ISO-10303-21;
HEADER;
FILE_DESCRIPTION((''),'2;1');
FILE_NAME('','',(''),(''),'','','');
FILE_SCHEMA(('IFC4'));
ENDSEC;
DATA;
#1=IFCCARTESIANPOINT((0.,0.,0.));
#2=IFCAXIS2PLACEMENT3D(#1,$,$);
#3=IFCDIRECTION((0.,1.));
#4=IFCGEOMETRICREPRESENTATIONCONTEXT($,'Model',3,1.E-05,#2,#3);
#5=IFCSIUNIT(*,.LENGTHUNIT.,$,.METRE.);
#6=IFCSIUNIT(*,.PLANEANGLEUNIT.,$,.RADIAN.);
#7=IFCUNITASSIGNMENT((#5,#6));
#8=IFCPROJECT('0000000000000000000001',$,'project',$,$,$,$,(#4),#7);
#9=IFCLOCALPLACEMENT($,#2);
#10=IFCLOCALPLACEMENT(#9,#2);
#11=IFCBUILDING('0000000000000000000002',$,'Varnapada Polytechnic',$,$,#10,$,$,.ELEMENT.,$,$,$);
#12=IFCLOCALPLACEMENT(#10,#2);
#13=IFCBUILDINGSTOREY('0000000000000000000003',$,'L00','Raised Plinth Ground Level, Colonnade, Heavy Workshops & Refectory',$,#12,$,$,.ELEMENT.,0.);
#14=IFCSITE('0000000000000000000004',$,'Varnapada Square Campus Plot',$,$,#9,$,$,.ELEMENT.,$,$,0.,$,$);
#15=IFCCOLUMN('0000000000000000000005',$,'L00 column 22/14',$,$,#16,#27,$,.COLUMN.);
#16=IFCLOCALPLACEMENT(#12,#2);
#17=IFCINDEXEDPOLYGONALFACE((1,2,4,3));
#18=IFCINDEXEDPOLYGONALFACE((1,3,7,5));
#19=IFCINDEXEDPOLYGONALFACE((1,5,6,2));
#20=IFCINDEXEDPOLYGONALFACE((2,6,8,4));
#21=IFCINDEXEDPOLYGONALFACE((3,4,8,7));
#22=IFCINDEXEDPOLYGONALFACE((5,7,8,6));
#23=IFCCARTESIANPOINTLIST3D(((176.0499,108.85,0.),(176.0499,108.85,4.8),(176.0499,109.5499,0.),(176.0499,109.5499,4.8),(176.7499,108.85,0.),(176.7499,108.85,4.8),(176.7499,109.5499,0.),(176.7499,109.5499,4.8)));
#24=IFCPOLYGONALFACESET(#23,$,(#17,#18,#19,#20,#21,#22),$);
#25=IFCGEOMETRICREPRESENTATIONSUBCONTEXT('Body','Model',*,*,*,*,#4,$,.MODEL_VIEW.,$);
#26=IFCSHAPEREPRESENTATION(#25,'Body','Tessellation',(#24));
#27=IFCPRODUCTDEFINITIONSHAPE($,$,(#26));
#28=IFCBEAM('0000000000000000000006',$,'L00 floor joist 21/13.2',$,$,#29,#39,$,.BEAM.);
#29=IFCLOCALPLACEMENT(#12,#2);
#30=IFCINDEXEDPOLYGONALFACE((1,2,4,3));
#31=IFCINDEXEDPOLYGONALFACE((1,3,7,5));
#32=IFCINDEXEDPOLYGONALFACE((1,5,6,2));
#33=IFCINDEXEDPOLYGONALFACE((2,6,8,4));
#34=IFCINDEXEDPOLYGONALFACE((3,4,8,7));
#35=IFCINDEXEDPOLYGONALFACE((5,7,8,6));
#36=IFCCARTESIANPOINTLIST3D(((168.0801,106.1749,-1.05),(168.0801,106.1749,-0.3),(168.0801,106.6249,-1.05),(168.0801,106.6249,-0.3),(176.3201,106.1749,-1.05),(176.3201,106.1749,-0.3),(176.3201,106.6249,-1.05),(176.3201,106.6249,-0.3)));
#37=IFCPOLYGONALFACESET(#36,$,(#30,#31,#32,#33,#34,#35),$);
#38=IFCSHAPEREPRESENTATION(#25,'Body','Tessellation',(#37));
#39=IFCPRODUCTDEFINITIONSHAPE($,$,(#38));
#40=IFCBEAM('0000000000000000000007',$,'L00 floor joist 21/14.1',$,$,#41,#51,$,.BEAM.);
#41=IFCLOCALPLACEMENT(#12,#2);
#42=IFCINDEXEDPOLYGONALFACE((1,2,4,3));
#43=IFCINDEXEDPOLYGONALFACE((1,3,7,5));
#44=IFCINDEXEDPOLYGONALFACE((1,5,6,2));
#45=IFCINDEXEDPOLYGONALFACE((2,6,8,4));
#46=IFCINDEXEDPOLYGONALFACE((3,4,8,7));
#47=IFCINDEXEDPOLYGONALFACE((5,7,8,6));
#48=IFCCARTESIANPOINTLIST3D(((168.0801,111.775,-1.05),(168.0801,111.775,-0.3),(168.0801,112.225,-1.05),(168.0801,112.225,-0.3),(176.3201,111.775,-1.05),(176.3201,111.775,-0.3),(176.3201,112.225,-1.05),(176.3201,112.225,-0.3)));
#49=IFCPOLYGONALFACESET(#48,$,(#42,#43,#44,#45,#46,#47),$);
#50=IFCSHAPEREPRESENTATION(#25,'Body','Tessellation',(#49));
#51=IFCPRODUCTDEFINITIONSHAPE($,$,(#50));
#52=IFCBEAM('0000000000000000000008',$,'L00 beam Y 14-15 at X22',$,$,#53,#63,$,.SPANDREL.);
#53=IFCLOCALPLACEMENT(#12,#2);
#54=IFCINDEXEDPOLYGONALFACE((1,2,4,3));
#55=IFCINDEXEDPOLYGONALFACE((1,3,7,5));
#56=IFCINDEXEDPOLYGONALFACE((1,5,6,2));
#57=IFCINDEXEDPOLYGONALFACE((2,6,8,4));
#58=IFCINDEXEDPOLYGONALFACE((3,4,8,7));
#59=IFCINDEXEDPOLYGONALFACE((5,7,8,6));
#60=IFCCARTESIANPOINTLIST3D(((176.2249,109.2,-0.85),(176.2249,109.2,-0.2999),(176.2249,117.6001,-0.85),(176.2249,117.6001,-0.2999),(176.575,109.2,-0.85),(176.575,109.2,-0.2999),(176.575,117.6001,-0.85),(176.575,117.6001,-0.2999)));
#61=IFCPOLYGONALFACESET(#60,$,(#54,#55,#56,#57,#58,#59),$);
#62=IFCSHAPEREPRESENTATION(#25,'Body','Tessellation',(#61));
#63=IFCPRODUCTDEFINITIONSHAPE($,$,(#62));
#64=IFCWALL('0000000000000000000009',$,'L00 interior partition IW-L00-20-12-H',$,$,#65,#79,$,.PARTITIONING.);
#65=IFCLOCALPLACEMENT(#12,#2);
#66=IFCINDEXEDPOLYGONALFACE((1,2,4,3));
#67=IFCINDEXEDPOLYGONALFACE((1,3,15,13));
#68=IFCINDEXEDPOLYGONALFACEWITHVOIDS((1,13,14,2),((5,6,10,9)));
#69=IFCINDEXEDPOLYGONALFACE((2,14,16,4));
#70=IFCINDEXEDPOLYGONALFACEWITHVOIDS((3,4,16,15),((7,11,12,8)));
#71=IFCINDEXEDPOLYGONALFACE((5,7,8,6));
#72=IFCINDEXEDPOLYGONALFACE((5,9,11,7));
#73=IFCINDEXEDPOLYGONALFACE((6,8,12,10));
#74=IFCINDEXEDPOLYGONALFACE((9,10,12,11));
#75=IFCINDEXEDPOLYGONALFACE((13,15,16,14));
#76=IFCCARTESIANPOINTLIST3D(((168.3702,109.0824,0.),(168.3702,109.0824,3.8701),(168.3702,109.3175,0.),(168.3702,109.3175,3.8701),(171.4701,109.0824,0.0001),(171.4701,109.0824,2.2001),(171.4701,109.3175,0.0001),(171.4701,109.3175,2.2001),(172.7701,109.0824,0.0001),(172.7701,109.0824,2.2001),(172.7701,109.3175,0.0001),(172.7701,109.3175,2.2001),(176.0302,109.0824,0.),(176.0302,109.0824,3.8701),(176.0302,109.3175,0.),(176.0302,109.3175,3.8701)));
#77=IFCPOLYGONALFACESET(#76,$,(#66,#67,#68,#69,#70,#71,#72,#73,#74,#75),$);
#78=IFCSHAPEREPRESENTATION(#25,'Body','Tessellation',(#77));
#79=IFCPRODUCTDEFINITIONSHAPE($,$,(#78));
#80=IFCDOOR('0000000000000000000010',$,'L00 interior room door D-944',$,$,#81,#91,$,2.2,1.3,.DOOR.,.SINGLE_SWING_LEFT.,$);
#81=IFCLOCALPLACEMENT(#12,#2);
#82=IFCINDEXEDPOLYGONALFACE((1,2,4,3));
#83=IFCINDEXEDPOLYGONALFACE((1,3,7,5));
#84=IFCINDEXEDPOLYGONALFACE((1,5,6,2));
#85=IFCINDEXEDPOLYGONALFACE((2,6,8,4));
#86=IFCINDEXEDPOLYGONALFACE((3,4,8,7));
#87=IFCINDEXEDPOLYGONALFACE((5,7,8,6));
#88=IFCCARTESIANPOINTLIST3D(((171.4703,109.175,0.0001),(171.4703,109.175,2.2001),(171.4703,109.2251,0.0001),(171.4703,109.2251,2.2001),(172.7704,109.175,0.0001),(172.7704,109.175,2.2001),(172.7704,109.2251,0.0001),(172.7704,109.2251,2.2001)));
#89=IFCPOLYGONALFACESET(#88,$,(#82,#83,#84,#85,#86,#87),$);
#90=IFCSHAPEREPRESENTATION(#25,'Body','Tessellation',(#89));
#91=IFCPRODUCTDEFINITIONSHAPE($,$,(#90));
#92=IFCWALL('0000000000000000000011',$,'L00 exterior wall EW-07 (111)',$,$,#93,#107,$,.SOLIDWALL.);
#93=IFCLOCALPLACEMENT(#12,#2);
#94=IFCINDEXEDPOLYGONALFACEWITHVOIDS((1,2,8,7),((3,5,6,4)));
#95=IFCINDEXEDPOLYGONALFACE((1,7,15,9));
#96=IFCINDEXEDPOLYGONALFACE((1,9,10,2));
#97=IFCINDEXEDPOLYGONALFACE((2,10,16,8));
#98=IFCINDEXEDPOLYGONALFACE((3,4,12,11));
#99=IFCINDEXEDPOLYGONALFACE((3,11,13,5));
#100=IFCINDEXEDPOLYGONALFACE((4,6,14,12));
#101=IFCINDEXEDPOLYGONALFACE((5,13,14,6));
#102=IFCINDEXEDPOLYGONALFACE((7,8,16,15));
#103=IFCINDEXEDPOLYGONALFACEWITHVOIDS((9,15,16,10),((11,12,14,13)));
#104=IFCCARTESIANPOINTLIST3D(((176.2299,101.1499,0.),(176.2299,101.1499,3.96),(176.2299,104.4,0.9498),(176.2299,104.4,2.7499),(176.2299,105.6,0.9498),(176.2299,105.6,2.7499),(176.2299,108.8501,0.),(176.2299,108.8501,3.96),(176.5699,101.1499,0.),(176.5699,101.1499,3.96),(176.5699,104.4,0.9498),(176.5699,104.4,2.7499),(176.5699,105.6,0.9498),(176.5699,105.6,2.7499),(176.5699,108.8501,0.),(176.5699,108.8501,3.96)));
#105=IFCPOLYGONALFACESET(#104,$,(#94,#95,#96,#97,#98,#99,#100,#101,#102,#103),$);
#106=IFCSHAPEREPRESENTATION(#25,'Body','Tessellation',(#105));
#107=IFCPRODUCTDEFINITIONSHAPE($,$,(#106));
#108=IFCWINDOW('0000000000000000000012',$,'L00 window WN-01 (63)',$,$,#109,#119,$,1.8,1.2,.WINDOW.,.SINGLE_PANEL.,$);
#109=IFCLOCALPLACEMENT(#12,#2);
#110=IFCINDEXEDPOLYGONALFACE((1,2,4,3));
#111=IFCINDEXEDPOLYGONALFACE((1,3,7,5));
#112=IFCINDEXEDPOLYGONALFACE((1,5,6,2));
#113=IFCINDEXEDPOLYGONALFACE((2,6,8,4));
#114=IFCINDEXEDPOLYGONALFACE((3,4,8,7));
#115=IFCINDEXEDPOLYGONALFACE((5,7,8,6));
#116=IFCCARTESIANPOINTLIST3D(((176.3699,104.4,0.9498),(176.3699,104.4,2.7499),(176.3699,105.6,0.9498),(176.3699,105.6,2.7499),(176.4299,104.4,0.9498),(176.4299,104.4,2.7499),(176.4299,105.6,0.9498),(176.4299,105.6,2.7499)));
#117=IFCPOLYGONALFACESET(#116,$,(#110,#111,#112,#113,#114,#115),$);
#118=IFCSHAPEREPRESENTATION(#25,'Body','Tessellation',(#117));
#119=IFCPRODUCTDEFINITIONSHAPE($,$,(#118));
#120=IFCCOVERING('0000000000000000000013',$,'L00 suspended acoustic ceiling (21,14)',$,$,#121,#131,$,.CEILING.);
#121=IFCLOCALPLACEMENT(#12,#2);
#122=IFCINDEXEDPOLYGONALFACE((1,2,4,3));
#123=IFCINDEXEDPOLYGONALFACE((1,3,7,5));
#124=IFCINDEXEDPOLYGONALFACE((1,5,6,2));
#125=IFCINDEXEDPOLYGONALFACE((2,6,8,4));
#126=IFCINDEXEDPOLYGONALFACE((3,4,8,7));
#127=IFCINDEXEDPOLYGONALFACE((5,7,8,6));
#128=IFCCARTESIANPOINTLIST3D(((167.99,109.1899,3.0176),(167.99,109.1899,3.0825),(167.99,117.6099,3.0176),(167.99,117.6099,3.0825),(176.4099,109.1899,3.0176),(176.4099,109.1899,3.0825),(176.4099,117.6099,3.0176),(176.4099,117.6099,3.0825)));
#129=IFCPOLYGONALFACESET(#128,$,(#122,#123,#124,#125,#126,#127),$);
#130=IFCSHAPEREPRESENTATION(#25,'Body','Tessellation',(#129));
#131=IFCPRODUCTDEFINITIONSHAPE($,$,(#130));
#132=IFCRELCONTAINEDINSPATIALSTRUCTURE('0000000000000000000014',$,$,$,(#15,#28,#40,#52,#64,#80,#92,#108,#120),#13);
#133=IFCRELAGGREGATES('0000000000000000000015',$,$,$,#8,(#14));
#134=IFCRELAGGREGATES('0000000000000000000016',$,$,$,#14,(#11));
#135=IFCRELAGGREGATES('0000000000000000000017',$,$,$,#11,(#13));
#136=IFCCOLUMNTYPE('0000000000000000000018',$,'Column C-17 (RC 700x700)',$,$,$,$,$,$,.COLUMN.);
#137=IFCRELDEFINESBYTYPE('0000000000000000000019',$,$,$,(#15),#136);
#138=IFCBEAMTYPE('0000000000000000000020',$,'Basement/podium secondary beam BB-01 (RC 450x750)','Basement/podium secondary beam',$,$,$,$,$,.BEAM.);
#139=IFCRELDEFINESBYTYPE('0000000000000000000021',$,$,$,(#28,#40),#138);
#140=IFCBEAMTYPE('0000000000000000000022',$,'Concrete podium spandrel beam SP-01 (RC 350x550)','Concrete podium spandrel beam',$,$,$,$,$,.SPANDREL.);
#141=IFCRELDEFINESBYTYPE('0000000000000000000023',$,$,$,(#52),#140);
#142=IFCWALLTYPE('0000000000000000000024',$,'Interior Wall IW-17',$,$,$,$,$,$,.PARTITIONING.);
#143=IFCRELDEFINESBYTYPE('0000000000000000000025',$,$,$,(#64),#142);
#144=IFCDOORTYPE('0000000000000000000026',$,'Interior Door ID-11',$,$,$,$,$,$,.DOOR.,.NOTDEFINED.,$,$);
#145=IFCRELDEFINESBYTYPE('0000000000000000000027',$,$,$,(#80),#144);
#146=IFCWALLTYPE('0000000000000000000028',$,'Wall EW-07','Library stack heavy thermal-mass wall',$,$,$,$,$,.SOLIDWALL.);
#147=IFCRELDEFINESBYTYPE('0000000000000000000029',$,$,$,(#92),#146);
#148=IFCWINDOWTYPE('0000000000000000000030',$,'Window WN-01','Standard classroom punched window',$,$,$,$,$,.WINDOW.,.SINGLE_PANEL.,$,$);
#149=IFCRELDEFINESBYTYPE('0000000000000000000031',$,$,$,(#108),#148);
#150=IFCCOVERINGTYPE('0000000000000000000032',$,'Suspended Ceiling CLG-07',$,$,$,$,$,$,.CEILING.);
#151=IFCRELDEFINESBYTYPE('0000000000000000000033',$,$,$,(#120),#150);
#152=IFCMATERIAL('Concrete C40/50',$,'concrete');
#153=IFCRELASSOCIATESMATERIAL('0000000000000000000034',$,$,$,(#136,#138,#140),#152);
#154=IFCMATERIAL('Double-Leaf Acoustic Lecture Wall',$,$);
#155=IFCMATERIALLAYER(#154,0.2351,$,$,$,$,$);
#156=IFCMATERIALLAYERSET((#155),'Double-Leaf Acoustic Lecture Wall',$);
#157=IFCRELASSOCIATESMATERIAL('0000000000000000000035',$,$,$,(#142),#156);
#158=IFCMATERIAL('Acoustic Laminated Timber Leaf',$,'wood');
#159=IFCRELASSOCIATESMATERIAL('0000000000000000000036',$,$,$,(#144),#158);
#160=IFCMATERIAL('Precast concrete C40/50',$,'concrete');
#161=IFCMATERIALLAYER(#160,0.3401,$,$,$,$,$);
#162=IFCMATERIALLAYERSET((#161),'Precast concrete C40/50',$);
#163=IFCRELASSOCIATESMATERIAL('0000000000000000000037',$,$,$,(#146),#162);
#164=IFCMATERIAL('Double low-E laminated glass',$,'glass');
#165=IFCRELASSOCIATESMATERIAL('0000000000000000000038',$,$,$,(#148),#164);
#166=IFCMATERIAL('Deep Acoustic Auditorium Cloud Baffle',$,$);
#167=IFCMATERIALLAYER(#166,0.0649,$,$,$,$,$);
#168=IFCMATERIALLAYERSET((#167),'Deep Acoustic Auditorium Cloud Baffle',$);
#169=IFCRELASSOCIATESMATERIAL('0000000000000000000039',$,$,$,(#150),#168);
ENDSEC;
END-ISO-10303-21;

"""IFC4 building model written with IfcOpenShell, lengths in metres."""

from ifc_helpers import new_model, si_unit, direction, frame, frame_2d, origin, origin_2d, place, context, subcontext, project, spatial, rectangle, extrude, material, layer, layer_set, material_profile, profile_set, type_object, element, fill, save


model = new_model("IFC4")

# Units and contexts
model_context = context("Model", 3, precision=1e-05, world=origin(), true_north=direction((0.0, 1.0)))
body_context = subcontext(model_context, "Body", "Model", "MODEL_VIEW")
ifc_project = project(units=[si_unit("LENGTHUNIT", "METRE"), si_unit("PLANEANGLEUNIT", "RADIAN")], contexts=[model_context])

# Site, building, storey
site_placement = place(None, origin())
site = spatial("IfcSite", under=ifc_project, at=site_placement, Name="Varnapada Square Campus Plot", CompositionType="ELEMENT", RefElevation=0.0)
building_placement = place(site_placement, origin())
building = spatial("IfcBuilding", under=site, at=building_placement, Name="Varnapada Polytechnic", CompositionType="ELEMENT")
storey_placement = place(building_placement, origin())
storey = spatial("IfcBuildingStorey", under=building, at=storey_placement, Name="L00", Description="Raised Plinth Ground Level, Colonnade, Heavy Workshops & Refectory", CompositionType="ELEMENT", Elevation=0.0)

# Column
ifc_material_1 = material(Name="Concrete C40/50", Category="concrete")
ifc_material_profile_1 = material_profile(ifc_material_1, rectangle(XDim=0.7, YDim=0.7, at=origin_2d()), Name="RC 700x700")
ifc_profile_set_1 = profile_set([ifc_material_profile_1], Name="Concrete C40/50")
column_type = type_object("IfcColumnType", Name="Column C-17 (RC 700x700)", PredefinedType="COLUMN", material=ifc_profile_set_1)
column_placement = place(storey_placement, frame((176.3999, 109.2, 0.0), z_axis=(0.0, 0.0, 1.0), x_axis=(1.0, 0.0, 0.0)))
element("IfcColumn", 1, at=column_placement, inside=storey, type_object=column_type, Name="L00 column 22/14", PredefinedType="COLUMN", context=body_context, shape_type="SweptSolid", body=[
    extrude(rectangle(XDim=0.7, YDim=0.7, at=origin_2d()), origin(), (0.0, 0.0, 1.0), 4.8),
])

# Beams
ifc_material_profile_2 = material_profile(ifc_material_1, rectangle(XDim=0.45, YDim=0.75, at=origin_2d()), Name="RC 450x750")
ifc_profile_set_2 = profile_set([ifc_material_profile_2], Name="Concrete C40/50")
beam_type_1 = type_object("IfcBeamType", Name="Basement/podium secondary beam BB-01 (RC 450x750)", Description="Basement/podium secondary beam", PredefinedType="BEAM", material=ifc_profile_set_2)
for number, where, z_axis, x_axis, name in (
    (2, (168.0801, 106.3999, -0.675), (1.0, 0.0, 0.0), (0.0, 1.0, 0.0), "L00 floor joist 21/13.2"),
    (3, (168.0801, 112.0, -0.675), (1.0, 0.0, 0.0), (0.0, 1.0, 0.0), "L00 floor joist 21/14.1"),
):
    element("IfcBeam", number, at=place(storey_placement, frame(where, z_axis=z_axis, x_axis=x_axis)), inside=storey, type_object=beam_type_1, Name=name, PredefinedType="BEAM", context=body_context, shape_type="SweptSolid", body=[
        extrude(rectangle(XDim=0.45, YDim=0.75, at=origin_2d()), origin(), (0.0, 0.0, 1.0), 8.24),
    ])
ifc_material_profile_3 = material_profile(ifc_material_1, rectangle(XDim=0.3501, YDim=0.55, at=origin_2d()), Name="RC 350x550")
ifc_profile_set_3 = profile_set([ifc_material_profile_3], Name="Concrete C40/50")
beam_type_2 = type_object("IfcBeamType", Name="Concrete podium spandrel beam SP-01 (RC 350x550)", Description="Concrete podium spandrel beam", PredefinedType="SPANDREL", material=ifc_profile_set_3)
beam_placement = place(storey_placement, frame((176.3999, 109.2, -0.575), z_axis=(0.0, 1.0, 0.0), x_axis=(-1.0, 0.0, 0.0)))
element("IfcBeam", 4, at=beam_placement, inside=storey, type_object=beam_type_2, Name="L00 beam Y 14-15 at X22", PredefinedType="SPANDREL", context=body_context, shape_type="SweptSolid", body=[
    extrude(rectangle(XDim=0.3501, YDim=0.55, at=origin_2d()), origin(), (0.0, 0.0, 1.0), 8.4001),
])

# Wall, opening, door
ifc_material_2 = material(Name="Double-Leaf Acoustic Lecture Wall")
ifc_layer_1 = layer(ifc_material_2, 0.2351)
ifc_layer_set_1 = layer_set([ifc_layer_1], Name="Double-Leaf Acoustic Lecture Wall")
wall_type_1 = type_object("IfcWallType", Name="Interior Wall IW-17", PredefinedType="PARTITIONING", material=ifc_layer_set_1)
wall_1_placement = place(storey_placement, frame((168.3701, 109.2, 0.0), z_axis=(0.0, 0.0, 1.0), x_axis=(1.0, 0.0, 0.0)))
wall_1 = element("IfcWall", 5, at=wall_1_placement, inside=storey, type_object=wall_type_1, Name="L00 interior partition IW-L00-20-12-H", PredefinedType="PARTITIONING", context=body_context, shape_type="SweptSolid", body=[
    extrude(rectangle(XDim=7.6599, YDim=0.2351, at=frame_2d((3.8301, 0.0))), origin(), (0.0, 0.0, 1.0), 3.8701),
])
opening_1_placement = place(wall_1_placement, frame((3.1001, 0.0, 0.0)))
opening_1 = element("IfcOpeningElement", 6, at=opening_1_placement, cuts=wall_1, PredefinedType="OPENING", context=body_context, shape_type="SweptSolid", body=[
    extrude(rectangle(XDim=1.3, YDim=2.2, at=frame_2d((0.6499, 1.1001))), frame((0.0, 0.1274, 0.0), z_axis=(0.0, -1.0, 0.0), x_axis=(1.0, 0.0, 0.0)), (0.0, 0.0, 1.0), 0.2551),
])
ifc_material_3 = material(Name="Acoustic Laminated Timber Leaf", Category="wood")
door_type = type_object("IfcDoorType", Name="Interior Door ID-11", OperationType="NOTDEFINED", PredefinedType="DOOR", material=ifc_material_3)
door_placement = place(opening_1_placement, frame((1.3, 0.0, 0.0), z_axis=(0.0, 0.0, 1.0), x_axis=(-1.0, 0.0, 0.0)))
door = element("IfcDoor", 7, at=door_placement, inside=storey, type_object=door_type, Name="L00 interior room door D-944", OperationType="SINGLE_SWING_LEFT", OverallHeight=2.2, OverallWidth=1.3, PredefinedType="DOOR", context=body_context, shape_type="SweptSolid", body=[
    extrude(rectangle(XDim=1.3, YDim=2.2, at=frame_2d((0.6499, 1.1001))), frame((0.0, 0.0249, 0.0), z_axis=(0.0, -1.0, 0.0), x_axis=(1.0, 0.0, 0.0)), (0.0, 0.0, 1.0), 0.05),
])
fill(opening_1, door)

# Wall, opening, window
ifc_material_4 = material(Name="Precast concrete C40/50", Category="concrete")
ifc_layer_2 = layer(ifc_material_4, 0.3401)
ifc_layer_set_2 = layer_set([ifc_layer_2], Name="Precast concrete C40/50")
wall_type_2 = type_object("IfcWallType", Name="Wall EW-07", Description="Library stack heavy thermal-mass wall", PredefinedType="SOLIDWALL", material=ifc_layer_set_2)
wall_2_placement = place(storey_placement, frame((176.3999, 108.8501, 0.0), z_axis=(0.0, 0.0, 1.0), x_axis=(0.0, -1.0, 0.0)))
wall_2 = element("IfcWall", 8, at=wall_2_placement, inside=storey, type_object=wall_type_2, Name="L00 exterior wall EW-07 (111)", PredefinedType="SOLIDWALL", context=body_context, shape_type="SweptSolid", body=[
    extrude(rectangle(XDim=7.7002, YDim=0.3401, at=frame_2d((3.8501, 0.0))), origin(), (0.0, 0.0, 1.0), 3.96),
])
opening_2_placement = place(wall_2_placement, frame((3.25, 0.0, 0.95)))
opening_2 = element("IfcOpeningElement", 9, at=opening_2_placement, cuts=wall_2, PredefinedType="OPENING", context=body_context, shape_type="SweptSolid", body=[
    extrude(rectangle(XDim=1.2, YDim=1.8, at=frame_2d((0.6001, 0.8999))), frame((0.0, 0.1799, 0.0), z_axis=(0.0, -1.0, 0.0), x_axis=(1.0, 0.0, 0.0)), (0.0, 0.0, 1.0), 0.3601),
])
ifc_material_5 = material(Name="Double low-E laminated glass", Category="glass")
window_type = type_object("IfcWindowType", Name="Window WN-01", Description="Standard classroom punched window", PartitioningType="SINGLE_PANEL", PredefinedType="WINDOW", material=ifc_material_5)
window_placement = place(opening_2_placement, origin())
window = element("IfcWindow", 10, at=window_placement, inside=storey, type_object=window_type, Name="L00 window WN-01 (63)", OverallHeight=1.8, OverallWidth=1.2, PartitioningType="SINGLE_PANEL", PredefinedType="WINDOW", context=body_context, shape_type="SweptSolid", body=[
    extrude(rectangle(XDim=1.2, YDim=1.8, at=frame_2d((0.6001, 0.8999))), frame((0.0, 0.03, 0.0), z_axis=(0.0, -1.0, 0.0), x_axis=(1.0, 0.0, 0.0)), (0.0, 0.0, 1.0), 0.0601),
])
fill(opening_2, window)

# Covering
ifc_material_6 = material(Name="Deep Acoustic Auditorium Cloud Baffle")
ifc_layer_3 = layer(ifc_material_6, 0.0649)
ifc_layer_set_3 = layer_set([ifc_layer_3], Name="Deep Acoustic Auditorium Cloud Baffle")
covering_type_1 = type_object("IfcCoveringType", Name="Suspended Ceiling CLG-07", PredefinedType="CEILING", material=ifc_layer_set_3)
covering_1_placement = place(storey_placement, frame((172.2, 113.3999, 3.0176), z_axis=(0.0, 0.0, 1.0), x_axis=(1.0, 0.0, 0.0)))
element("IfcCovering", 11, at=covering_1_placement, inside=storey, type_object=covering_type_1, Name="L00 suspended acoustic ceiling (21,14)", PredefinedType="CEILING", context=body_context, shape_type="SweptSolid", body=[
    extrude(rectangle(XDim=8.4199, YDim=8.4199, at=origin_2d()), origin(), (0.0, 0.0, 1.0), 0.0649),
])

save(model, "model.ifc")
